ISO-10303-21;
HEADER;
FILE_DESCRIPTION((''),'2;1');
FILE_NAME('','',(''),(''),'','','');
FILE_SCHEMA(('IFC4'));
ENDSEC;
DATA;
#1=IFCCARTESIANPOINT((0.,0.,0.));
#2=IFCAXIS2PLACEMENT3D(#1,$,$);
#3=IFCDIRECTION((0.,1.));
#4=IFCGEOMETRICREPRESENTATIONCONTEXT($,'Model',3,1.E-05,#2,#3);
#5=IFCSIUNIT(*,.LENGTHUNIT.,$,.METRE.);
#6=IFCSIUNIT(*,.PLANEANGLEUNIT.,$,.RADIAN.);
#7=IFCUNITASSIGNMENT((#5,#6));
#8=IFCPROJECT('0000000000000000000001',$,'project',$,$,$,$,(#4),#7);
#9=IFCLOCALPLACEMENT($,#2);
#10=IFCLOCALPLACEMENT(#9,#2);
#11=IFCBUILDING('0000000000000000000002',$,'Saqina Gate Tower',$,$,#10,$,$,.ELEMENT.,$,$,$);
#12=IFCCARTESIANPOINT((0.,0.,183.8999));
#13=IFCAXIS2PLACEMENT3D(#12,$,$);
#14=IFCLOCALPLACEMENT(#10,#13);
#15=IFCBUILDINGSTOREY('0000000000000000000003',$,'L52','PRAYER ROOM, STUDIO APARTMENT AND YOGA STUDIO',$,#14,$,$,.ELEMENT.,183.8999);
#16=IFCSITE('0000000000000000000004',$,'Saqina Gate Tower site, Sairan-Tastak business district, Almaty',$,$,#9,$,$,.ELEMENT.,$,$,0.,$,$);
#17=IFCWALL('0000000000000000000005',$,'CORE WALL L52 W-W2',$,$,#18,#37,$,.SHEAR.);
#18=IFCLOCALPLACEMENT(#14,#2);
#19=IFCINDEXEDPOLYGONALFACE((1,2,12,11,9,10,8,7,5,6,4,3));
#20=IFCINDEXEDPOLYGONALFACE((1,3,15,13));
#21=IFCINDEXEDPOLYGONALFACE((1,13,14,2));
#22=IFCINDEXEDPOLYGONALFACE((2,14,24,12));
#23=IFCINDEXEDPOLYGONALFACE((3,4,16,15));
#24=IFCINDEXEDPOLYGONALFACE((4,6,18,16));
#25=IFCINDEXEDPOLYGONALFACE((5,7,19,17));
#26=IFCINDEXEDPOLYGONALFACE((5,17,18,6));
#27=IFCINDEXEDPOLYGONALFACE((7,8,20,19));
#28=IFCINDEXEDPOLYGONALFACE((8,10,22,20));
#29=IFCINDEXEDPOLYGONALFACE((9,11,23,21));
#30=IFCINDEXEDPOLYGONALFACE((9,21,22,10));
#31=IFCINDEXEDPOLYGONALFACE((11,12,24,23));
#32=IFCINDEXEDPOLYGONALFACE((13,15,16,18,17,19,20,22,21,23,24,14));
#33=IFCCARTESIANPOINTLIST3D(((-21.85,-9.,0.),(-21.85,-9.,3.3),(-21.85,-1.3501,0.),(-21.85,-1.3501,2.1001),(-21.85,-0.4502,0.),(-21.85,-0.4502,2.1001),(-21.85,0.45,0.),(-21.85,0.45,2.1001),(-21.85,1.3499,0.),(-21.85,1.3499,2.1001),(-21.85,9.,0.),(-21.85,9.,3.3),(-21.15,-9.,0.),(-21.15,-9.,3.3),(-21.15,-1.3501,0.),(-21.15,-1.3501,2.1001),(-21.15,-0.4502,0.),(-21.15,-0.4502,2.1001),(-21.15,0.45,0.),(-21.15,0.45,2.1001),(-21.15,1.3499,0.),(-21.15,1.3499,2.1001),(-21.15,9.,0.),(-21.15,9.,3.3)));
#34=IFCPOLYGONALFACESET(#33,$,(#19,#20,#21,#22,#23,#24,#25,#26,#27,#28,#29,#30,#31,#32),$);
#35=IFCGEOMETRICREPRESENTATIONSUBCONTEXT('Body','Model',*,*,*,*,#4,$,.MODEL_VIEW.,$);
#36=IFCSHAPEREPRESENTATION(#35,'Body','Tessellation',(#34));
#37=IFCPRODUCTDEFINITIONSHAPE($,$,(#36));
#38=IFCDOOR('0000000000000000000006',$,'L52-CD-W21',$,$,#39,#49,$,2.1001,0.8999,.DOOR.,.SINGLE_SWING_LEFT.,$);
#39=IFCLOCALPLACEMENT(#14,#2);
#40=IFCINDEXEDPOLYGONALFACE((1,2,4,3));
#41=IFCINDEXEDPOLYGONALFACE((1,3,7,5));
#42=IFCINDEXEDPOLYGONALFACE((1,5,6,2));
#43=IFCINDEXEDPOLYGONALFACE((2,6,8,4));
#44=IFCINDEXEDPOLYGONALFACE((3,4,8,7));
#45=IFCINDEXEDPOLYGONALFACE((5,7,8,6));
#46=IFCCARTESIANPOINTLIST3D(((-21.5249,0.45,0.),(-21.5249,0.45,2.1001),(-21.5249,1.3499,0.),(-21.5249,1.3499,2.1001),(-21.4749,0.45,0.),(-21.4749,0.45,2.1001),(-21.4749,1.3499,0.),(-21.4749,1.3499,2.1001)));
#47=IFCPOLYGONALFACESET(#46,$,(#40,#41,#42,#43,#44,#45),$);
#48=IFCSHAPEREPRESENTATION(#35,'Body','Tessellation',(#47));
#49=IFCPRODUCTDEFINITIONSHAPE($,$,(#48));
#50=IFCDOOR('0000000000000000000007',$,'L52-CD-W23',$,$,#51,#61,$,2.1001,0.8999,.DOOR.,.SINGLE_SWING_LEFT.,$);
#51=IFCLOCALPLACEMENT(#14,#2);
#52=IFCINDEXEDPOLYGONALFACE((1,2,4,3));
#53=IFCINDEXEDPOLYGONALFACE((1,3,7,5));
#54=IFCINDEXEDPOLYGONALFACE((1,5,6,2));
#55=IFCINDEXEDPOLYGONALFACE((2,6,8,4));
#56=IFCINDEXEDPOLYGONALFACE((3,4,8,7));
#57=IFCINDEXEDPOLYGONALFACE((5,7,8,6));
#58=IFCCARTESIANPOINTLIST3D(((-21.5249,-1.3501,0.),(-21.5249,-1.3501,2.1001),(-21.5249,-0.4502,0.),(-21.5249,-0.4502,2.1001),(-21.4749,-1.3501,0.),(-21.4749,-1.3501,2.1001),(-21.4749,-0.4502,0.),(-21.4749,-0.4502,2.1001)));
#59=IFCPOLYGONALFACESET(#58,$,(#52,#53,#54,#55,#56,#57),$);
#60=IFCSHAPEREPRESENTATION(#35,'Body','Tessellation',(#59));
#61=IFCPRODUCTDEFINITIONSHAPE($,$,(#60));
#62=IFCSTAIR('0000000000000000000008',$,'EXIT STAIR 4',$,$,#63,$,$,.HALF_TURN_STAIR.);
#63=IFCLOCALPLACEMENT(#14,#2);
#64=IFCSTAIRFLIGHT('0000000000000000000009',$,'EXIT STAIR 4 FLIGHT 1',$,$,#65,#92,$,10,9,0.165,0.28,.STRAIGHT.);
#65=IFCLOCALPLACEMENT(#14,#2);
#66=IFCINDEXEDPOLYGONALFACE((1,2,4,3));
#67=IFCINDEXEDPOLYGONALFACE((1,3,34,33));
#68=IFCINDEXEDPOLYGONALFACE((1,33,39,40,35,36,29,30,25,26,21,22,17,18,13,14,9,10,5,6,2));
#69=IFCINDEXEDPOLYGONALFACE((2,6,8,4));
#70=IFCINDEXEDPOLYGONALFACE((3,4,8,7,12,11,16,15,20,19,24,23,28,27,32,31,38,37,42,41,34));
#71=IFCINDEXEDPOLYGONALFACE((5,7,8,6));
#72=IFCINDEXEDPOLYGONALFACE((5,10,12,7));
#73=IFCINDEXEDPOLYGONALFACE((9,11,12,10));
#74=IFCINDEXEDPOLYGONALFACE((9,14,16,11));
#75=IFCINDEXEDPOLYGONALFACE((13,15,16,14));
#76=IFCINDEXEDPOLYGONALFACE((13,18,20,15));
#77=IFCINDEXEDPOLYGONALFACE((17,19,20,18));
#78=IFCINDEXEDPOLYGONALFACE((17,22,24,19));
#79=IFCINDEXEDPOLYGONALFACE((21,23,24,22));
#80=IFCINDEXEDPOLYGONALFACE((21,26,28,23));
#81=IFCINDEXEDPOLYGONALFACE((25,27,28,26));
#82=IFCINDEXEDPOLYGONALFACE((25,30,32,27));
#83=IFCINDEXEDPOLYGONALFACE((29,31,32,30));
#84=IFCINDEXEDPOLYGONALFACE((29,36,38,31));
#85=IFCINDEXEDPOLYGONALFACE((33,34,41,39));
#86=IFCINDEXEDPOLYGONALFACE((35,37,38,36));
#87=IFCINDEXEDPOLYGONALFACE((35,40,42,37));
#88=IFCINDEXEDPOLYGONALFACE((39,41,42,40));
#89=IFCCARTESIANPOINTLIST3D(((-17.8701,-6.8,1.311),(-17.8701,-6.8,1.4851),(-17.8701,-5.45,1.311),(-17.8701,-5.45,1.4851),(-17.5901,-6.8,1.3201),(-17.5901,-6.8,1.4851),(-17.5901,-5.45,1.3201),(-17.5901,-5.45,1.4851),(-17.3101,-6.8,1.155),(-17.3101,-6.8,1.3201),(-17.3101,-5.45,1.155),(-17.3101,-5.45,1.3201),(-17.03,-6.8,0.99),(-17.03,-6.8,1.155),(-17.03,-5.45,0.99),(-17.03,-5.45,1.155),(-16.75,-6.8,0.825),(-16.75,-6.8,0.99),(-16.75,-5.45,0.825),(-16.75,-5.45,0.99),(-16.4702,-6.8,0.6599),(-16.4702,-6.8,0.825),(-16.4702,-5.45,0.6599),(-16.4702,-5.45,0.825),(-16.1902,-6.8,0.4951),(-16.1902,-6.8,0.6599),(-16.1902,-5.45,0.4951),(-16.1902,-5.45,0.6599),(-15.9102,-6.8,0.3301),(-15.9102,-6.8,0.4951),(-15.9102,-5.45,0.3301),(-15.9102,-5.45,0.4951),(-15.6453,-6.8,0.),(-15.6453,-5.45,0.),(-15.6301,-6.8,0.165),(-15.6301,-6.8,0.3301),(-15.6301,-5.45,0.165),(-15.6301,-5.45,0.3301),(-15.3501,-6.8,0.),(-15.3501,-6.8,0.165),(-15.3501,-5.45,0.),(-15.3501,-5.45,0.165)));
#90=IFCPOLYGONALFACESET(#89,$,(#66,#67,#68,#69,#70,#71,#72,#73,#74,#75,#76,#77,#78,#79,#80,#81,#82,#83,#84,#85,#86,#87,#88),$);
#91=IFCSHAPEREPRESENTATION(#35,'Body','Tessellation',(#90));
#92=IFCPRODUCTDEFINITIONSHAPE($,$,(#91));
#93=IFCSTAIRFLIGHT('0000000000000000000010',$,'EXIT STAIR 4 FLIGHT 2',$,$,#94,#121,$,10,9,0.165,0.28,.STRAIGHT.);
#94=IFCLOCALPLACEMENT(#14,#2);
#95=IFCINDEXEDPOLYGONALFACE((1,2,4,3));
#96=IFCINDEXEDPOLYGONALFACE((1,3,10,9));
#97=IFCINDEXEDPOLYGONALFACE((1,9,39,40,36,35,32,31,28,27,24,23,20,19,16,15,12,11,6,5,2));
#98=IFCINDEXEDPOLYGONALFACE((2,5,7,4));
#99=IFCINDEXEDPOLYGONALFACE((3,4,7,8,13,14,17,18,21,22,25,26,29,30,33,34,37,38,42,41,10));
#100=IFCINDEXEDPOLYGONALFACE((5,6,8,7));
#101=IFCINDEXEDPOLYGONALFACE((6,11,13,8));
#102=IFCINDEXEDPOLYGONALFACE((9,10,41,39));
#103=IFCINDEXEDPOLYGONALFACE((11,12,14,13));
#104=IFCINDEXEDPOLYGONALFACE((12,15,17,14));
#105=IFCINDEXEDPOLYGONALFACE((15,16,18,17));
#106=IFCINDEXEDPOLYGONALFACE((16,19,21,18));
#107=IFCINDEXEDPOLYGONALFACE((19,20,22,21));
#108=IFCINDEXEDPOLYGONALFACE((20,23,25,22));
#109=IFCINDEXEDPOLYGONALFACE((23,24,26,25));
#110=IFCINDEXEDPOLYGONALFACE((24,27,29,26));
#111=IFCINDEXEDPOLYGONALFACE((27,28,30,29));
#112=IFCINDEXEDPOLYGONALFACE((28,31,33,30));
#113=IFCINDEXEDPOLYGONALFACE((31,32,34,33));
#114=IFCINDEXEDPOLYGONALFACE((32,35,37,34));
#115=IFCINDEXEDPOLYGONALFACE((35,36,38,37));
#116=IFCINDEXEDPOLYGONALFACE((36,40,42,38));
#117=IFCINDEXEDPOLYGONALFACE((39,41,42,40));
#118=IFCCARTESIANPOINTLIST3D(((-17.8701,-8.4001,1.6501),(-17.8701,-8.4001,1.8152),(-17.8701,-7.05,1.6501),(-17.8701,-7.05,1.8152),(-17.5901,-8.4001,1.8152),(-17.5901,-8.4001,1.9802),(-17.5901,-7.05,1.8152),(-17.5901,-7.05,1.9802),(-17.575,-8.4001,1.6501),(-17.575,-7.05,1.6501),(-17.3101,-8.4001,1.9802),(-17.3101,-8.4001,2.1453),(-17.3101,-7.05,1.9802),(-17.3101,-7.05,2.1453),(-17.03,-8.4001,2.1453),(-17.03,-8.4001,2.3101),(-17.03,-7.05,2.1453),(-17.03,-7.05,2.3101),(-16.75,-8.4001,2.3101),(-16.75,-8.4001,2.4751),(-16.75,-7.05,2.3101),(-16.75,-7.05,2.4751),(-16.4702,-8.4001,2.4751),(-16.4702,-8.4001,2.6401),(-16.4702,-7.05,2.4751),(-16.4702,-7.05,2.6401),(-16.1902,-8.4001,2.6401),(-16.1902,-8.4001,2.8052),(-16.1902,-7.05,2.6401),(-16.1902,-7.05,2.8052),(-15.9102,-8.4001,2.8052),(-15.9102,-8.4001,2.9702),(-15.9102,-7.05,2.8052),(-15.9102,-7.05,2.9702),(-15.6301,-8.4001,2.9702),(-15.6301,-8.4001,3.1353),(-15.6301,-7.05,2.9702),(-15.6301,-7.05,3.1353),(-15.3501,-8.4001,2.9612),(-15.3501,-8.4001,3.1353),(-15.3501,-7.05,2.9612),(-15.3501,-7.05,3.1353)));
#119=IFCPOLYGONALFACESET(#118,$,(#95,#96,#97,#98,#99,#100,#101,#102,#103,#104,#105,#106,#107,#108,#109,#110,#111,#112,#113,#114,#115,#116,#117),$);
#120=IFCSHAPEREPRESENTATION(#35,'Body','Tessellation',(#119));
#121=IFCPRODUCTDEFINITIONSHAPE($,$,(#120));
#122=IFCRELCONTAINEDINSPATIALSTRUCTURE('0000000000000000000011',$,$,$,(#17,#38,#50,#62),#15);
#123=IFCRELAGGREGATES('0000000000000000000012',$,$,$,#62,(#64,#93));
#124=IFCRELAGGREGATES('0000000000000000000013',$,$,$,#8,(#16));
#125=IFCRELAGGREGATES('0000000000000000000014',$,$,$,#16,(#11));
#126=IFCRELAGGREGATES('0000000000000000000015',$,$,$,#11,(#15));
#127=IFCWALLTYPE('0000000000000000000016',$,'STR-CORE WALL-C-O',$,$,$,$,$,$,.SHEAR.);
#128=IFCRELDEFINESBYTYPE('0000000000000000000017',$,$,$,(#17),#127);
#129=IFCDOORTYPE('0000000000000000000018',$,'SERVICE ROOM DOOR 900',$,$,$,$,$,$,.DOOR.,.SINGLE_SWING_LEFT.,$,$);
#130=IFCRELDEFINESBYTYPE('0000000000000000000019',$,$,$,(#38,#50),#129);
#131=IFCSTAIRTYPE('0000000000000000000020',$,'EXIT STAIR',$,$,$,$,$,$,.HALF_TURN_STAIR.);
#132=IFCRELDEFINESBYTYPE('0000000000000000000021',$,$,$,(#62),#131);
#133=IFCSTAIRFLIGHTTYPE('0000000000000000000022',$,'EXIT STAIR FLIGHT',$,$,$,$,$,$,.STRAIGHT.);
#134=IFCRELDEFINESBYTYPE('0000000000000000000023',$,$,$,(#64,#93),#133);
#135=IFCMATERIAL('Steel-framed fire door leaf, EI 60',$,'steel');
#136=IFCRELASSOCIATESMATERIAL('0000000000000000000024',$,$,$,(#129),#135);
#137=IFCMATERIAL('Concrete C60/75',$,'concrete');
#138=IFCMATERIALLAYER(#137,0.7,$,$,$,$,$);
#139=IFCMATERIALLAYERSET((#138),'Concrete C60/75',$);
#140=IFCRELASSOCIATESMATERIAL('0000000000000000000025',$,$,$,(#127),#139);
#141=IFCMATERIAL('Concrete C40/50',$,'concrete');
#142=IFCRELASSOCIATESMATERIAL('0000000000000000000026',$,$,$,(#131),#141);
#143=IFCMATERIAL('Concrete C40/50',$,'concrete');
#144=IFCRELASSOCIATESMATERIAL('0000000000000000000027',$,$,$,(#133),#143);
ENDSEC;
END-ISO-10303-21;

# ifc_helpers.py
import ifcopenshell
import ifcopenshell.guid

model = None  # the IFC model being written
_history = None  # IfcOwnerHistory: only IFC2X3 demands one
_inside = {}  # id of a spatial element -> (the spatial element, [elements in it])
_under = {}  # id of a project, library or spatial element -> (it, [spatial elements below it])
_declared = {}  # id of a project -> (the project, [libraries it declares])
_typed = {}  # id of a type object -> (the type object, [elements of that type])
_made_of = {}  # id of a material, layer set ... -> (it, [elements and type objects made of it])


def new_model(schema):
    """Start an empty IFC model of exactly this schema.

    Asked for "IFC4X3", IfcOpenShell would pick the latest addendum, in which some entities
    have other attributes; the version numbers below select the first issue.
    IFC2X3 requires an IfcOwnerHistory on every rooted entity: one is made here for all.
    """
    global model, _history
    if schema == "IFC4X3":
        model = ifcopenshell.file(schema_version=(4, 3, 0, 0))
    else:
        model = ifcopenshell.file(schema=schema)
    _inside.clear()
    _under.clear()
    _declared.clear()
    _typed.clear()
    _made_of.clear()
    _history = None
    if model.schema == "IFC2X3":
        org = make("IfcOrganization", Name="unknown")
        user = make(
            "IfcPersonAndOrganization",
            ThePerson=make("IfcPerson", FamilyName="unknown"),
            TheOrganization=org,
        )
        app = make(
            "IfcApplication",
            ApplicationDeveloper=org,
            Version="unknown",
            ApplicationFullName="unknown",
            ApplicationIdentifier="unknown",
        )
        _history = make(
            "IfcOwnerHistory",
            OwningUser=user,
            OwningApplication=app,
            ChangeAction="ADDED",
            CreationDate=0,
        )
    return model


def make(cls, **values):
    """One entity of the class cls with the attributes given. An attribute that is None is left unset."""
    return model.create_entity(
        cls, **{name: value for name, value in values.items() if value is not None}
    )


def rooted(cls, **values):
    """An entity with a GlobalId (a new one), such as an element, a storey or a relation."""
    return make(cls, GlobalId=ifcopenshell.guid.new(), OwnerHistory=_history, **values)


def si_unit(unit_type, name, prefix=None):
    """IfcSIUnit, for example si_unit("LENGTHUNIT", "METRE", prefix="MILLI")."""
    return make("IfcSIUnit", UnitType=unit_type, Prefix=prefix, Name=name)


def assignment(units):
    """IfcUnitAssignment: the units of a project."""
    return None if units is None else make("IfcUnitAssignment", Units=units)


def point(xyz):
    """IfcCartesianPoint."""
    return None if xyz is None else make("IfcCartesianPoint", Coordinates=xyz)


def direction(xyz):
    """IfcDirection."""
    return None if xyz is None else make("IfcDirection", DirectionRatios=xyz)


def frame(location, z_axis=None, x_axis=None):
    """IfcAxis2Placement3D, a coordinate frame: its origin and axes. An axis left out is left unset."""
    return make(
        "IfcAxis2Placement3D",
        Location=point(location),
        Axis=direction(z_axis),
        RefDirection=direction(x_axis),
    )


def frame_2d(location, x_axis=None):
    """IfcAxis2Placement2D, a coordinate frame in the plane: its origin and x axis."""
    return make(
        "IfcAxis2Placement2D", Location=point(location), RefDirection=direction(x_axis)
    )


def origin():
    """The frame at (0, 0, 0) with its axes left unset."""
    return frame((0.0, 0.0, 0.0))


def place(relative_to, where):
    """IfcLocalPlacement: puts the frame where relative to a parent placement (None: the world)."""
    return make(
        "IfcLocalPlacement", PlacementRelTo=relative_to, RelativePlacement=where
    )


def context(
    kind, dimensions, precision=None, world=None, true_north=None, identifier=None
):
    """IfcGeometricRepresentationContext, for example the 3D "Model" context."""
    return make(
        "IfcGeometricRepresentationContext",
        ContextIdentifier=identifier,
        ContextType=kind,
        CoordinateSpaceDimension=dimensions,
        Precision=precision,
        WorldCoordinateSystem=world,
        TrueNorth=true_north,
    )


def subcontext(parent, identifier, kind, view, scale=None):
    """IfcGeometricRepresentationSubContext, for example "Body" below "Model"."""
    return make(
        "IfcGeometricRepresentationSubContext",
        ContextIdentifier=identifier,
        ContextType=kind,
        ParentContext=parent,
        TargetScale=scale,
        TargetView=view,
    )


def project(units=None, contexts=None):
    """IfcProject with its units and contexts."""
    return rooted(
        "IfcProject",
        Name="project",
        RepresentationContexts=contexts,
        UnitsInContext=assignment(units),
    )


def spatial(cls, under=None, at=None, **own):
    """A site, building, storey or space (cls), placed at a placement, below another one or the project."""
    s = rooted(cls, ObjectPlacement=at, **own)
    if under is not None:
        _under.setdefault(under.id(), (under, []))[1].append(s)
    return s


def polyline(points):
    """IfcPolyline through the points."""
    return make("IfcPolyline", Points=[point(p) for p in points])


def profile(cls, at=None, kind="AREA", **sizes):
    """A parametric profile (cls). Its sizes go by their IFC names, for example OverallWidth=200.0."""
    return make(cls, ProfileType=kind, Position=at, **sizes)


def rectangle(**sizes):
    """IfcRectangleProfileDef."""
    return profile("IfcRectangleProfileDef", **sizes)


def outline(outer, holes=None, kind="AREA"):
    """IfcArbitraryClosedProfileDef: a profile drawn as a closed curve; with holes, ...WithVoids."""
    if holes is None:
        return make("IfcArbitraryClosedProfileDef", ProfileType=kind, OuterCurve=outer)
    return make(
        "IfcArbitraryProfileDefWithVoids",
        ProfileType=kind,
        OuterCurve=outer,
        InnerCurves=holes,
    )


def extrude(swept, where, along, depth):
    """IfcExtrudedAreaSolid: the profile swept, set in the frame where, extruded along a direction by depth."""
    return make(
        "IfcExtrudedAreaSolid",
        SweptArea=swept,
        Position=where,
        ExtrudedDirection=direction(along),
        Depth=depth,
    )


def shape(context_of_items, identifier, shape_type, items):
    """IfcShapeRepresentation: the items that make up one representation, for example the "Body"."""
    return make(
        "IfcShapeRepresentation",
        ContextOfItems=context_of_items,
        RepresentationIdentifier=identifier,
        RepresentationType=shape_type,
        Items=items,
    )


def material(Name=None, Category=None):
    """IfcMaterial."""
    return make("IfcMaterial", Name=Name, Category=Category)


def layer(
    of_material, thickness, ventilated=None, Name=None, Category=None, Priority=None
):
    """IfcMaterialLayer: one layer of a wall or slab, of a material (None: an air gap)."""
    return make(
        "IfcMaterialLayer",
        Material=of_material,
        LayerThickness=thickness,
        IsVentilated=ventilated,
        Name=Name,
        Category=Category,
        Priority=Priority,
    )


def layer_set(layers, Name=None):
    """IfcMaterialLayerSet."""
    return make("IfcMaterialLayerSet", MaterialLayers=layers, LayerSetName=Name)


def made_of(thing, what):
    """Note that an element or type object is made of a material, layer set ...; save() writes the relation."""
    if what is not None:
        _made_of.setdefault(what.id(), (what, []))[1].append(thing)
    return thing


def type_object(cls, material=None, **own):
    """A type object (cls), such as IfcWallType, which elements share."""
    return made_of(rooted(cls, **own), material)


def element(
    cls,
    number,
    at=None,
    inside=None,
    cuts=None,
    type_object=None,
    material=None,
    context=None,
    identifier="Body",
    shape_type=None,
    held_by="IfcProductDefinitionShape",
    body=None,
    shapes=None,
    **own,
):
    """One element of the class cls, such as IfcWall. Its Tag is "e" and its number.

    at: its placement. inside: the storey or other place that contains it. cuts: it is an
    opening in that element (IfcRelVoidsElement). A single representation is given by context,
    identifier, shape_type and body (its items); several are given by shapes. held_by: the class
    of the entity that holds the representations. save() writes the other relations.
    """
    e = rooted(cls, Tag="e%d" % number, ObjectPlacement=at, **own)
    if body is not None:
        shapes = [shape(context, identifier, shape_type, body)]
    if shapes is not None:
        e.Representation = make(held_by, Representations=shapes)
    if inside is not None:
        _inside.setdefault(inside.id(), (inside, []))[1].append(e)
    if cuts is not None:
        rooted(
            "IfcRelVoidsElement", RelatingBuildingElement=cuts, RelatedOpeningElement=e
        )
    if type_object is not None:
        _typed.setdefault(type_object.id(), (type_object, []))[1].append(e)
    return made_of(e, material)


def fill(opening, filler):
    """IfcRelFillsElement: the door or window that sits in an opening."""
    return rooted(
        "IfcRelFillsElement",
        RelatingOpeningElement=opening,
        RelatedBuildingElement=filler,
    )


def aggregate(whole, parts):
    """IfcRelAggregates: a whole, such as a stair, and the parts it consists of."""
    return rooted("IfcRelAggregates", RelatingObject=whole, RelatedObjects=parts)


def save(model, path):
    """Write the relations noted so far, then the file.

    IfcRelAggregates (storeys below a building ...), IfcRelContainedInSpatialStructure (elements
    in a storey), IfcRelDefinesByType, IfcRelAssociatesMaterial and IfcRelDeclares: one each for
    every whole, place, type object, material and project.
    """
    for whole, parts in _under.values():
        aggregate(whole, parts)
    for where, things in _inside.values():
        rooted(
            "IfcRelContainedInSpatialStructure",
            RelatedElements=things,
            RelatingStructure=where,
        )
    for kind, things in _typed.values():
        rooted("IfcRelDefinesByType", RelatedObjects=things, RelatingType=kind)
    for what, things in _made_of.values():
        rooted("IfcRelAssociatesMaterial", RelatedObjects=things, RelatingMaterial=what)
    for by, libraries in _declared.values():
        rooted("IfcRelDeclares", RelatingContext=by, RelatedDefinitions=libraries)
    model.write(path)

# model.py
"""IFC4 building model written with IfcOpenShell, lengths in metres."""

from ifc_helpers import new_model, si_unit, direction, frame, frame_2d, origin, place, context, subcontext, project, spatial, polyline, rectangle, outline, extrude, material, layer, layer_set, type_object, element, fill, aggregate, save


model = new_model("IFC4")

# Units and contexts
model_context = context("Model", 3, precision=1e-05, world=origin(), true_north=direction((0.0, 1.0)))
body_context = subcontext(model_context, "Body", "Model", "MODEL_VIEW")
ifc_project = project(units=[si_unit("LENGTHUNIT", "METRE"), si_unit("PLANEANGLEUNIT", "RADIAN")], contexts=[model_context])

# Site, building, storey
site_placement = place(None, origin())
site = spatial("IfcSite", under=ifc_project, at=site_placement, Name="Saqina Gate Tower site, Sairan-Tastak business district, Almaty", CompositionType="ELEMENT", RefElevation=0.0)
building_placement = place(site_placement, origin())
building = spatial("IfcBuilding", under=site, at=building_placement, Name="Saqina Gate Tower", CompositionType="ELEMENT")
storey_placement = place(building_placement, frame((0.0, 0.0, 183.8999)))
storey = spatial("IfcBuildingStorey", under=building, at=storey_placement, Name="L52", Description="PRAYER ROOM, STUDIO APARTMENT AND YOGA STUDIO", CompositionType="ELEMENT", Elevation=183.8999)

# Shared definitions
ifc_material_1 = material(Name="Steel-framed fire door leaf, EI 60", Category="steel")
door_type_1 = type_object("IfcDoorType", Name="SERVICE ROOM DOOR 900", OperationType="SINGLE_SWING_LEFT", PredefinedType="DOOR", material=ifc_material_1)

# Wall, openings, doors
ifc_material_2 = material(Name="Concrete C60/75", Category="concrete")
ifc_layer_1 = layer(ifc_material_2, 0.7)
ifc_layer_set_1 = layer_set([ifc_layer_1], Name="Concrete C60/75")
wall_type_1 = type_object("IfcWallType", Name="STR-CORE WALL-C-O", PredefinedType="SHEAR", material=ifc_layer_set_1)
wall_1_placement = place(storey_placement, frame((-21.5, -9.0, 0.0), z_axis=(0.0, 0.0, 1.0), x_axis=(0.0, 1.0, 0.0)))
wall_1 = element("IfcWall", 1, at=wall_1_placement, inside=storey, type_object=wall_type_1, Name="CORE WALL L52 W-W2", PredefinedType="SHEAR", context=body_context, shape_type="SweptSolid", body=[
    extrude(rectangle(XDim=18.0, YDim=0.7, at=frame_2d((9.0, 0.0))), origin(), (0.0, 0.0, 1.0), 3.3),
])
opening_1_placement = place(wall_1_placement, frame((9.45, 0.0, 0.0)))
opening_1 = element("IfcOpeningElement", 2, at=opening_1_placement, cuts=wall_1, PredefinedType="OPENING", context=body_context, shape_type="SweptSolid", body=[
    extrude(rectangle(XDim=0.8999, YDim=2.1001, at=frame_2d((0.45, 1.05))), frame((0.0, 0.3621, 0.0), z_axis=(0.0, -1.0, 0.0), x_axis=(1.0, 0.0, 0.0)), (0.0, 0.0, 1.0), 0.7239),
])
opening_2_placement = place(wall_1_placement, frame((7.6499, 0.0, 0.0)))
opening_2 = element("IfcOpeningElement", 3, at=opening_2_placement, cuts=wall_1, PredefinedType="OPENING", context=body_context, shape_type="SweptSolid", body=[
    extrude(rectangle(XDim=0.8999, YDim=2.1001, at=frame_2d((0.45, 1.05))), frame((0.0, 0.3621, 0.0), z_axis=(0.0, -1.0, 0.0), x_axis=(1.0, 0.0, 0.0)), (0.0, 0.0, 1.0), 0.7239),
])
door_1_placement = place(opening_1_placement, origin())
door_1 = element("IfcDoor", 4, at=door_1_placement, inside=storey, type_object=door_type_1, Name="L52-CD-W21", OperationType="SINGLE_SWING_LEFT", OverallHeight=2.1001, OverallWidth=0.8999, PredefinedType="DOOR", context=body_context, shape_type="SweptSolid", body=[
    extrude(rectangle(XDim=0.8999, YDim=2.1001, at=frame_2d((0.45, 1.05))), frame((0.0, 0.0249, 0.0), z_axis=(0.0, -1.0, 0.0), x_axis=(1.0, 0.0, 0.0)), (0.0, 0.0, 1.0), 0.05),
])
fill(opening_1, door_1)
door_2_placement = place(opening_2_placement, origin())
door_2 = element("IfcDoor", 5, at=door_2_placement, inside=storey, type_object=door_type_1, Name="L52-CD-W23", OperationType="SINGLE_SWING_LEFT", OverallHeight=2.1001, OverallWidth=0.8999, PredefinedType="DOOR", context=body_context, shape_type="SweptSolid", body=[
    extrude(rectangle(XDim=0.8999, YDim=2.1001, at=frame_2d((0.45, 1.05))), frame((0.0, 0.0249, 0.0), z_axis=(0.0, -1.0, 0.0), x_axis=(1.0, 0.0, 0.0)), (0.0, 0.0, 1.0), 0.05),
])
fill(opening_2, door_2)

# Stair, stair flights
ifc_material_3 = material(Name="Concrete C40/50", Category="concrete")
stair_type = type_object("IfcStairType", Name="EXIT STAIR", PredefinedType="HALF_TURN_STAIR", material=ifc_material_3)
stair_placement = place(storey_placement, origin())
stair = element("IfcStair", 6, at=stair_placement, inside=storey, type_object=stair_type, Name="EXIT STAIR 4", PredefinedType="HALF_TURN_STAIR")
ifc_material_4 = material(Name="Concrete C40/50", Category="concrete")
stair_flight_type = type_object("IfcStairFlightType", Name="EXIT STAIR FLIGHT", PredefinedType="STRAIGHT", material=ifc_material_4)
stair_flight_1_placement = place(storey_placement, frame((-15.3501, -6.125, 0.0), z_axis=(0.0, 0.0, 1.0), x_axis=(-1.0, 0.0, 0.0)))
stair_flight_1 = element("IfcStairFlight", 7, at=stair_flight_1_placement, type_object=stair_flight_type, Name="EXIT STAIR 4 FLIGHT 1", NumberOfRisers=10, NumberOfTreads=9, PredefinedType="STRAIGHT", RiserHeight=0.165, TreadLength=0.28, context=body_context, shape_type="SweptSolid", body=[
    extrude(outline(polyline([(0.0, 0.0), (0.0, 0.165), (0.28, 0.165), (0.28, 0.3301), (0.5601, 0.3301), (0.5601, 0.4951), (0.8401, 0.4951), (0.8401, 0.6599), (1.1201, 0.6599), (1.1201, 0.825), (1.3999, 0.825), (1.3999, 0.99), (1.6799, 0.99), (1.6799, 1.155), (1.96, 1.155), (1.96, 1.3201), (2.24, 1.3201), (2.24, 1.4851), (2.52, 1.4851), (2.52, 1.6499), (2.52, 1.311), (0.2952, 0.0), (0.0, 0.0)])), frame((0.0, 0.675, 0.0), z_axis=(0.0, -1.0, 0.0), x_axis=(1.0, 0.0, 0.0)), (0.0, 0.0, 1.0), 1.3501),
])
stair_flight_2_placement = place(storey_placement, frame((-17.8701, -7.7251, 1.6501), z_axis=(0.0, 0.0, 1.0), x_axis=(1.0, 0.0, 0.0)))
stair_flight_2 = element("IfcStairFlight", 8, at=stair_flight_2_placement, type_object=stair_flight_type, Name="EXIT STAIR 4 FLIGHT 2", NumberOfRisers=10, NumberOfTreads=9, PredefinedType="STRAIGHT", RiserHeight=0.165, TreadLength=0.28, context=body_context, shape_type="SweptSolid", body=[
    extrude(outline(polyline([(0.0, 0.0), (0.0, 0.165), (0.28, 0.165), (0.28, 0.3301), (0.5601, 0.3301), (0.5601, 0.4951), (0.8401, 0.4951), (0.8401, 0.6599), (1.1201, 0.6599), (1.1201, 0.825), (1.3999, 0.825), (1.3999, 0.99), (1.6799, 0.99), (1.6799, 1.155), (1.96, 1.155), (1.96, 1.3201), (2.24, 1.3201), (2.24, 1.4851), (2.52, 1.4851), (2.52, 1.6499), (2.52, 1.311), (0.2952, 0.0), (0.0, 0.0)])), frame((0.0, 0.675, 0.0), z_axis=(0.0, -1.0, 0.0), x_axis=(1.0, 0.0, 0.0)), (0.0, 0.0, 1.0), 1.3501),
])
aggregate(stair, [stair_flight_1, stair_flight_2])

save(model, "model.ifc")
